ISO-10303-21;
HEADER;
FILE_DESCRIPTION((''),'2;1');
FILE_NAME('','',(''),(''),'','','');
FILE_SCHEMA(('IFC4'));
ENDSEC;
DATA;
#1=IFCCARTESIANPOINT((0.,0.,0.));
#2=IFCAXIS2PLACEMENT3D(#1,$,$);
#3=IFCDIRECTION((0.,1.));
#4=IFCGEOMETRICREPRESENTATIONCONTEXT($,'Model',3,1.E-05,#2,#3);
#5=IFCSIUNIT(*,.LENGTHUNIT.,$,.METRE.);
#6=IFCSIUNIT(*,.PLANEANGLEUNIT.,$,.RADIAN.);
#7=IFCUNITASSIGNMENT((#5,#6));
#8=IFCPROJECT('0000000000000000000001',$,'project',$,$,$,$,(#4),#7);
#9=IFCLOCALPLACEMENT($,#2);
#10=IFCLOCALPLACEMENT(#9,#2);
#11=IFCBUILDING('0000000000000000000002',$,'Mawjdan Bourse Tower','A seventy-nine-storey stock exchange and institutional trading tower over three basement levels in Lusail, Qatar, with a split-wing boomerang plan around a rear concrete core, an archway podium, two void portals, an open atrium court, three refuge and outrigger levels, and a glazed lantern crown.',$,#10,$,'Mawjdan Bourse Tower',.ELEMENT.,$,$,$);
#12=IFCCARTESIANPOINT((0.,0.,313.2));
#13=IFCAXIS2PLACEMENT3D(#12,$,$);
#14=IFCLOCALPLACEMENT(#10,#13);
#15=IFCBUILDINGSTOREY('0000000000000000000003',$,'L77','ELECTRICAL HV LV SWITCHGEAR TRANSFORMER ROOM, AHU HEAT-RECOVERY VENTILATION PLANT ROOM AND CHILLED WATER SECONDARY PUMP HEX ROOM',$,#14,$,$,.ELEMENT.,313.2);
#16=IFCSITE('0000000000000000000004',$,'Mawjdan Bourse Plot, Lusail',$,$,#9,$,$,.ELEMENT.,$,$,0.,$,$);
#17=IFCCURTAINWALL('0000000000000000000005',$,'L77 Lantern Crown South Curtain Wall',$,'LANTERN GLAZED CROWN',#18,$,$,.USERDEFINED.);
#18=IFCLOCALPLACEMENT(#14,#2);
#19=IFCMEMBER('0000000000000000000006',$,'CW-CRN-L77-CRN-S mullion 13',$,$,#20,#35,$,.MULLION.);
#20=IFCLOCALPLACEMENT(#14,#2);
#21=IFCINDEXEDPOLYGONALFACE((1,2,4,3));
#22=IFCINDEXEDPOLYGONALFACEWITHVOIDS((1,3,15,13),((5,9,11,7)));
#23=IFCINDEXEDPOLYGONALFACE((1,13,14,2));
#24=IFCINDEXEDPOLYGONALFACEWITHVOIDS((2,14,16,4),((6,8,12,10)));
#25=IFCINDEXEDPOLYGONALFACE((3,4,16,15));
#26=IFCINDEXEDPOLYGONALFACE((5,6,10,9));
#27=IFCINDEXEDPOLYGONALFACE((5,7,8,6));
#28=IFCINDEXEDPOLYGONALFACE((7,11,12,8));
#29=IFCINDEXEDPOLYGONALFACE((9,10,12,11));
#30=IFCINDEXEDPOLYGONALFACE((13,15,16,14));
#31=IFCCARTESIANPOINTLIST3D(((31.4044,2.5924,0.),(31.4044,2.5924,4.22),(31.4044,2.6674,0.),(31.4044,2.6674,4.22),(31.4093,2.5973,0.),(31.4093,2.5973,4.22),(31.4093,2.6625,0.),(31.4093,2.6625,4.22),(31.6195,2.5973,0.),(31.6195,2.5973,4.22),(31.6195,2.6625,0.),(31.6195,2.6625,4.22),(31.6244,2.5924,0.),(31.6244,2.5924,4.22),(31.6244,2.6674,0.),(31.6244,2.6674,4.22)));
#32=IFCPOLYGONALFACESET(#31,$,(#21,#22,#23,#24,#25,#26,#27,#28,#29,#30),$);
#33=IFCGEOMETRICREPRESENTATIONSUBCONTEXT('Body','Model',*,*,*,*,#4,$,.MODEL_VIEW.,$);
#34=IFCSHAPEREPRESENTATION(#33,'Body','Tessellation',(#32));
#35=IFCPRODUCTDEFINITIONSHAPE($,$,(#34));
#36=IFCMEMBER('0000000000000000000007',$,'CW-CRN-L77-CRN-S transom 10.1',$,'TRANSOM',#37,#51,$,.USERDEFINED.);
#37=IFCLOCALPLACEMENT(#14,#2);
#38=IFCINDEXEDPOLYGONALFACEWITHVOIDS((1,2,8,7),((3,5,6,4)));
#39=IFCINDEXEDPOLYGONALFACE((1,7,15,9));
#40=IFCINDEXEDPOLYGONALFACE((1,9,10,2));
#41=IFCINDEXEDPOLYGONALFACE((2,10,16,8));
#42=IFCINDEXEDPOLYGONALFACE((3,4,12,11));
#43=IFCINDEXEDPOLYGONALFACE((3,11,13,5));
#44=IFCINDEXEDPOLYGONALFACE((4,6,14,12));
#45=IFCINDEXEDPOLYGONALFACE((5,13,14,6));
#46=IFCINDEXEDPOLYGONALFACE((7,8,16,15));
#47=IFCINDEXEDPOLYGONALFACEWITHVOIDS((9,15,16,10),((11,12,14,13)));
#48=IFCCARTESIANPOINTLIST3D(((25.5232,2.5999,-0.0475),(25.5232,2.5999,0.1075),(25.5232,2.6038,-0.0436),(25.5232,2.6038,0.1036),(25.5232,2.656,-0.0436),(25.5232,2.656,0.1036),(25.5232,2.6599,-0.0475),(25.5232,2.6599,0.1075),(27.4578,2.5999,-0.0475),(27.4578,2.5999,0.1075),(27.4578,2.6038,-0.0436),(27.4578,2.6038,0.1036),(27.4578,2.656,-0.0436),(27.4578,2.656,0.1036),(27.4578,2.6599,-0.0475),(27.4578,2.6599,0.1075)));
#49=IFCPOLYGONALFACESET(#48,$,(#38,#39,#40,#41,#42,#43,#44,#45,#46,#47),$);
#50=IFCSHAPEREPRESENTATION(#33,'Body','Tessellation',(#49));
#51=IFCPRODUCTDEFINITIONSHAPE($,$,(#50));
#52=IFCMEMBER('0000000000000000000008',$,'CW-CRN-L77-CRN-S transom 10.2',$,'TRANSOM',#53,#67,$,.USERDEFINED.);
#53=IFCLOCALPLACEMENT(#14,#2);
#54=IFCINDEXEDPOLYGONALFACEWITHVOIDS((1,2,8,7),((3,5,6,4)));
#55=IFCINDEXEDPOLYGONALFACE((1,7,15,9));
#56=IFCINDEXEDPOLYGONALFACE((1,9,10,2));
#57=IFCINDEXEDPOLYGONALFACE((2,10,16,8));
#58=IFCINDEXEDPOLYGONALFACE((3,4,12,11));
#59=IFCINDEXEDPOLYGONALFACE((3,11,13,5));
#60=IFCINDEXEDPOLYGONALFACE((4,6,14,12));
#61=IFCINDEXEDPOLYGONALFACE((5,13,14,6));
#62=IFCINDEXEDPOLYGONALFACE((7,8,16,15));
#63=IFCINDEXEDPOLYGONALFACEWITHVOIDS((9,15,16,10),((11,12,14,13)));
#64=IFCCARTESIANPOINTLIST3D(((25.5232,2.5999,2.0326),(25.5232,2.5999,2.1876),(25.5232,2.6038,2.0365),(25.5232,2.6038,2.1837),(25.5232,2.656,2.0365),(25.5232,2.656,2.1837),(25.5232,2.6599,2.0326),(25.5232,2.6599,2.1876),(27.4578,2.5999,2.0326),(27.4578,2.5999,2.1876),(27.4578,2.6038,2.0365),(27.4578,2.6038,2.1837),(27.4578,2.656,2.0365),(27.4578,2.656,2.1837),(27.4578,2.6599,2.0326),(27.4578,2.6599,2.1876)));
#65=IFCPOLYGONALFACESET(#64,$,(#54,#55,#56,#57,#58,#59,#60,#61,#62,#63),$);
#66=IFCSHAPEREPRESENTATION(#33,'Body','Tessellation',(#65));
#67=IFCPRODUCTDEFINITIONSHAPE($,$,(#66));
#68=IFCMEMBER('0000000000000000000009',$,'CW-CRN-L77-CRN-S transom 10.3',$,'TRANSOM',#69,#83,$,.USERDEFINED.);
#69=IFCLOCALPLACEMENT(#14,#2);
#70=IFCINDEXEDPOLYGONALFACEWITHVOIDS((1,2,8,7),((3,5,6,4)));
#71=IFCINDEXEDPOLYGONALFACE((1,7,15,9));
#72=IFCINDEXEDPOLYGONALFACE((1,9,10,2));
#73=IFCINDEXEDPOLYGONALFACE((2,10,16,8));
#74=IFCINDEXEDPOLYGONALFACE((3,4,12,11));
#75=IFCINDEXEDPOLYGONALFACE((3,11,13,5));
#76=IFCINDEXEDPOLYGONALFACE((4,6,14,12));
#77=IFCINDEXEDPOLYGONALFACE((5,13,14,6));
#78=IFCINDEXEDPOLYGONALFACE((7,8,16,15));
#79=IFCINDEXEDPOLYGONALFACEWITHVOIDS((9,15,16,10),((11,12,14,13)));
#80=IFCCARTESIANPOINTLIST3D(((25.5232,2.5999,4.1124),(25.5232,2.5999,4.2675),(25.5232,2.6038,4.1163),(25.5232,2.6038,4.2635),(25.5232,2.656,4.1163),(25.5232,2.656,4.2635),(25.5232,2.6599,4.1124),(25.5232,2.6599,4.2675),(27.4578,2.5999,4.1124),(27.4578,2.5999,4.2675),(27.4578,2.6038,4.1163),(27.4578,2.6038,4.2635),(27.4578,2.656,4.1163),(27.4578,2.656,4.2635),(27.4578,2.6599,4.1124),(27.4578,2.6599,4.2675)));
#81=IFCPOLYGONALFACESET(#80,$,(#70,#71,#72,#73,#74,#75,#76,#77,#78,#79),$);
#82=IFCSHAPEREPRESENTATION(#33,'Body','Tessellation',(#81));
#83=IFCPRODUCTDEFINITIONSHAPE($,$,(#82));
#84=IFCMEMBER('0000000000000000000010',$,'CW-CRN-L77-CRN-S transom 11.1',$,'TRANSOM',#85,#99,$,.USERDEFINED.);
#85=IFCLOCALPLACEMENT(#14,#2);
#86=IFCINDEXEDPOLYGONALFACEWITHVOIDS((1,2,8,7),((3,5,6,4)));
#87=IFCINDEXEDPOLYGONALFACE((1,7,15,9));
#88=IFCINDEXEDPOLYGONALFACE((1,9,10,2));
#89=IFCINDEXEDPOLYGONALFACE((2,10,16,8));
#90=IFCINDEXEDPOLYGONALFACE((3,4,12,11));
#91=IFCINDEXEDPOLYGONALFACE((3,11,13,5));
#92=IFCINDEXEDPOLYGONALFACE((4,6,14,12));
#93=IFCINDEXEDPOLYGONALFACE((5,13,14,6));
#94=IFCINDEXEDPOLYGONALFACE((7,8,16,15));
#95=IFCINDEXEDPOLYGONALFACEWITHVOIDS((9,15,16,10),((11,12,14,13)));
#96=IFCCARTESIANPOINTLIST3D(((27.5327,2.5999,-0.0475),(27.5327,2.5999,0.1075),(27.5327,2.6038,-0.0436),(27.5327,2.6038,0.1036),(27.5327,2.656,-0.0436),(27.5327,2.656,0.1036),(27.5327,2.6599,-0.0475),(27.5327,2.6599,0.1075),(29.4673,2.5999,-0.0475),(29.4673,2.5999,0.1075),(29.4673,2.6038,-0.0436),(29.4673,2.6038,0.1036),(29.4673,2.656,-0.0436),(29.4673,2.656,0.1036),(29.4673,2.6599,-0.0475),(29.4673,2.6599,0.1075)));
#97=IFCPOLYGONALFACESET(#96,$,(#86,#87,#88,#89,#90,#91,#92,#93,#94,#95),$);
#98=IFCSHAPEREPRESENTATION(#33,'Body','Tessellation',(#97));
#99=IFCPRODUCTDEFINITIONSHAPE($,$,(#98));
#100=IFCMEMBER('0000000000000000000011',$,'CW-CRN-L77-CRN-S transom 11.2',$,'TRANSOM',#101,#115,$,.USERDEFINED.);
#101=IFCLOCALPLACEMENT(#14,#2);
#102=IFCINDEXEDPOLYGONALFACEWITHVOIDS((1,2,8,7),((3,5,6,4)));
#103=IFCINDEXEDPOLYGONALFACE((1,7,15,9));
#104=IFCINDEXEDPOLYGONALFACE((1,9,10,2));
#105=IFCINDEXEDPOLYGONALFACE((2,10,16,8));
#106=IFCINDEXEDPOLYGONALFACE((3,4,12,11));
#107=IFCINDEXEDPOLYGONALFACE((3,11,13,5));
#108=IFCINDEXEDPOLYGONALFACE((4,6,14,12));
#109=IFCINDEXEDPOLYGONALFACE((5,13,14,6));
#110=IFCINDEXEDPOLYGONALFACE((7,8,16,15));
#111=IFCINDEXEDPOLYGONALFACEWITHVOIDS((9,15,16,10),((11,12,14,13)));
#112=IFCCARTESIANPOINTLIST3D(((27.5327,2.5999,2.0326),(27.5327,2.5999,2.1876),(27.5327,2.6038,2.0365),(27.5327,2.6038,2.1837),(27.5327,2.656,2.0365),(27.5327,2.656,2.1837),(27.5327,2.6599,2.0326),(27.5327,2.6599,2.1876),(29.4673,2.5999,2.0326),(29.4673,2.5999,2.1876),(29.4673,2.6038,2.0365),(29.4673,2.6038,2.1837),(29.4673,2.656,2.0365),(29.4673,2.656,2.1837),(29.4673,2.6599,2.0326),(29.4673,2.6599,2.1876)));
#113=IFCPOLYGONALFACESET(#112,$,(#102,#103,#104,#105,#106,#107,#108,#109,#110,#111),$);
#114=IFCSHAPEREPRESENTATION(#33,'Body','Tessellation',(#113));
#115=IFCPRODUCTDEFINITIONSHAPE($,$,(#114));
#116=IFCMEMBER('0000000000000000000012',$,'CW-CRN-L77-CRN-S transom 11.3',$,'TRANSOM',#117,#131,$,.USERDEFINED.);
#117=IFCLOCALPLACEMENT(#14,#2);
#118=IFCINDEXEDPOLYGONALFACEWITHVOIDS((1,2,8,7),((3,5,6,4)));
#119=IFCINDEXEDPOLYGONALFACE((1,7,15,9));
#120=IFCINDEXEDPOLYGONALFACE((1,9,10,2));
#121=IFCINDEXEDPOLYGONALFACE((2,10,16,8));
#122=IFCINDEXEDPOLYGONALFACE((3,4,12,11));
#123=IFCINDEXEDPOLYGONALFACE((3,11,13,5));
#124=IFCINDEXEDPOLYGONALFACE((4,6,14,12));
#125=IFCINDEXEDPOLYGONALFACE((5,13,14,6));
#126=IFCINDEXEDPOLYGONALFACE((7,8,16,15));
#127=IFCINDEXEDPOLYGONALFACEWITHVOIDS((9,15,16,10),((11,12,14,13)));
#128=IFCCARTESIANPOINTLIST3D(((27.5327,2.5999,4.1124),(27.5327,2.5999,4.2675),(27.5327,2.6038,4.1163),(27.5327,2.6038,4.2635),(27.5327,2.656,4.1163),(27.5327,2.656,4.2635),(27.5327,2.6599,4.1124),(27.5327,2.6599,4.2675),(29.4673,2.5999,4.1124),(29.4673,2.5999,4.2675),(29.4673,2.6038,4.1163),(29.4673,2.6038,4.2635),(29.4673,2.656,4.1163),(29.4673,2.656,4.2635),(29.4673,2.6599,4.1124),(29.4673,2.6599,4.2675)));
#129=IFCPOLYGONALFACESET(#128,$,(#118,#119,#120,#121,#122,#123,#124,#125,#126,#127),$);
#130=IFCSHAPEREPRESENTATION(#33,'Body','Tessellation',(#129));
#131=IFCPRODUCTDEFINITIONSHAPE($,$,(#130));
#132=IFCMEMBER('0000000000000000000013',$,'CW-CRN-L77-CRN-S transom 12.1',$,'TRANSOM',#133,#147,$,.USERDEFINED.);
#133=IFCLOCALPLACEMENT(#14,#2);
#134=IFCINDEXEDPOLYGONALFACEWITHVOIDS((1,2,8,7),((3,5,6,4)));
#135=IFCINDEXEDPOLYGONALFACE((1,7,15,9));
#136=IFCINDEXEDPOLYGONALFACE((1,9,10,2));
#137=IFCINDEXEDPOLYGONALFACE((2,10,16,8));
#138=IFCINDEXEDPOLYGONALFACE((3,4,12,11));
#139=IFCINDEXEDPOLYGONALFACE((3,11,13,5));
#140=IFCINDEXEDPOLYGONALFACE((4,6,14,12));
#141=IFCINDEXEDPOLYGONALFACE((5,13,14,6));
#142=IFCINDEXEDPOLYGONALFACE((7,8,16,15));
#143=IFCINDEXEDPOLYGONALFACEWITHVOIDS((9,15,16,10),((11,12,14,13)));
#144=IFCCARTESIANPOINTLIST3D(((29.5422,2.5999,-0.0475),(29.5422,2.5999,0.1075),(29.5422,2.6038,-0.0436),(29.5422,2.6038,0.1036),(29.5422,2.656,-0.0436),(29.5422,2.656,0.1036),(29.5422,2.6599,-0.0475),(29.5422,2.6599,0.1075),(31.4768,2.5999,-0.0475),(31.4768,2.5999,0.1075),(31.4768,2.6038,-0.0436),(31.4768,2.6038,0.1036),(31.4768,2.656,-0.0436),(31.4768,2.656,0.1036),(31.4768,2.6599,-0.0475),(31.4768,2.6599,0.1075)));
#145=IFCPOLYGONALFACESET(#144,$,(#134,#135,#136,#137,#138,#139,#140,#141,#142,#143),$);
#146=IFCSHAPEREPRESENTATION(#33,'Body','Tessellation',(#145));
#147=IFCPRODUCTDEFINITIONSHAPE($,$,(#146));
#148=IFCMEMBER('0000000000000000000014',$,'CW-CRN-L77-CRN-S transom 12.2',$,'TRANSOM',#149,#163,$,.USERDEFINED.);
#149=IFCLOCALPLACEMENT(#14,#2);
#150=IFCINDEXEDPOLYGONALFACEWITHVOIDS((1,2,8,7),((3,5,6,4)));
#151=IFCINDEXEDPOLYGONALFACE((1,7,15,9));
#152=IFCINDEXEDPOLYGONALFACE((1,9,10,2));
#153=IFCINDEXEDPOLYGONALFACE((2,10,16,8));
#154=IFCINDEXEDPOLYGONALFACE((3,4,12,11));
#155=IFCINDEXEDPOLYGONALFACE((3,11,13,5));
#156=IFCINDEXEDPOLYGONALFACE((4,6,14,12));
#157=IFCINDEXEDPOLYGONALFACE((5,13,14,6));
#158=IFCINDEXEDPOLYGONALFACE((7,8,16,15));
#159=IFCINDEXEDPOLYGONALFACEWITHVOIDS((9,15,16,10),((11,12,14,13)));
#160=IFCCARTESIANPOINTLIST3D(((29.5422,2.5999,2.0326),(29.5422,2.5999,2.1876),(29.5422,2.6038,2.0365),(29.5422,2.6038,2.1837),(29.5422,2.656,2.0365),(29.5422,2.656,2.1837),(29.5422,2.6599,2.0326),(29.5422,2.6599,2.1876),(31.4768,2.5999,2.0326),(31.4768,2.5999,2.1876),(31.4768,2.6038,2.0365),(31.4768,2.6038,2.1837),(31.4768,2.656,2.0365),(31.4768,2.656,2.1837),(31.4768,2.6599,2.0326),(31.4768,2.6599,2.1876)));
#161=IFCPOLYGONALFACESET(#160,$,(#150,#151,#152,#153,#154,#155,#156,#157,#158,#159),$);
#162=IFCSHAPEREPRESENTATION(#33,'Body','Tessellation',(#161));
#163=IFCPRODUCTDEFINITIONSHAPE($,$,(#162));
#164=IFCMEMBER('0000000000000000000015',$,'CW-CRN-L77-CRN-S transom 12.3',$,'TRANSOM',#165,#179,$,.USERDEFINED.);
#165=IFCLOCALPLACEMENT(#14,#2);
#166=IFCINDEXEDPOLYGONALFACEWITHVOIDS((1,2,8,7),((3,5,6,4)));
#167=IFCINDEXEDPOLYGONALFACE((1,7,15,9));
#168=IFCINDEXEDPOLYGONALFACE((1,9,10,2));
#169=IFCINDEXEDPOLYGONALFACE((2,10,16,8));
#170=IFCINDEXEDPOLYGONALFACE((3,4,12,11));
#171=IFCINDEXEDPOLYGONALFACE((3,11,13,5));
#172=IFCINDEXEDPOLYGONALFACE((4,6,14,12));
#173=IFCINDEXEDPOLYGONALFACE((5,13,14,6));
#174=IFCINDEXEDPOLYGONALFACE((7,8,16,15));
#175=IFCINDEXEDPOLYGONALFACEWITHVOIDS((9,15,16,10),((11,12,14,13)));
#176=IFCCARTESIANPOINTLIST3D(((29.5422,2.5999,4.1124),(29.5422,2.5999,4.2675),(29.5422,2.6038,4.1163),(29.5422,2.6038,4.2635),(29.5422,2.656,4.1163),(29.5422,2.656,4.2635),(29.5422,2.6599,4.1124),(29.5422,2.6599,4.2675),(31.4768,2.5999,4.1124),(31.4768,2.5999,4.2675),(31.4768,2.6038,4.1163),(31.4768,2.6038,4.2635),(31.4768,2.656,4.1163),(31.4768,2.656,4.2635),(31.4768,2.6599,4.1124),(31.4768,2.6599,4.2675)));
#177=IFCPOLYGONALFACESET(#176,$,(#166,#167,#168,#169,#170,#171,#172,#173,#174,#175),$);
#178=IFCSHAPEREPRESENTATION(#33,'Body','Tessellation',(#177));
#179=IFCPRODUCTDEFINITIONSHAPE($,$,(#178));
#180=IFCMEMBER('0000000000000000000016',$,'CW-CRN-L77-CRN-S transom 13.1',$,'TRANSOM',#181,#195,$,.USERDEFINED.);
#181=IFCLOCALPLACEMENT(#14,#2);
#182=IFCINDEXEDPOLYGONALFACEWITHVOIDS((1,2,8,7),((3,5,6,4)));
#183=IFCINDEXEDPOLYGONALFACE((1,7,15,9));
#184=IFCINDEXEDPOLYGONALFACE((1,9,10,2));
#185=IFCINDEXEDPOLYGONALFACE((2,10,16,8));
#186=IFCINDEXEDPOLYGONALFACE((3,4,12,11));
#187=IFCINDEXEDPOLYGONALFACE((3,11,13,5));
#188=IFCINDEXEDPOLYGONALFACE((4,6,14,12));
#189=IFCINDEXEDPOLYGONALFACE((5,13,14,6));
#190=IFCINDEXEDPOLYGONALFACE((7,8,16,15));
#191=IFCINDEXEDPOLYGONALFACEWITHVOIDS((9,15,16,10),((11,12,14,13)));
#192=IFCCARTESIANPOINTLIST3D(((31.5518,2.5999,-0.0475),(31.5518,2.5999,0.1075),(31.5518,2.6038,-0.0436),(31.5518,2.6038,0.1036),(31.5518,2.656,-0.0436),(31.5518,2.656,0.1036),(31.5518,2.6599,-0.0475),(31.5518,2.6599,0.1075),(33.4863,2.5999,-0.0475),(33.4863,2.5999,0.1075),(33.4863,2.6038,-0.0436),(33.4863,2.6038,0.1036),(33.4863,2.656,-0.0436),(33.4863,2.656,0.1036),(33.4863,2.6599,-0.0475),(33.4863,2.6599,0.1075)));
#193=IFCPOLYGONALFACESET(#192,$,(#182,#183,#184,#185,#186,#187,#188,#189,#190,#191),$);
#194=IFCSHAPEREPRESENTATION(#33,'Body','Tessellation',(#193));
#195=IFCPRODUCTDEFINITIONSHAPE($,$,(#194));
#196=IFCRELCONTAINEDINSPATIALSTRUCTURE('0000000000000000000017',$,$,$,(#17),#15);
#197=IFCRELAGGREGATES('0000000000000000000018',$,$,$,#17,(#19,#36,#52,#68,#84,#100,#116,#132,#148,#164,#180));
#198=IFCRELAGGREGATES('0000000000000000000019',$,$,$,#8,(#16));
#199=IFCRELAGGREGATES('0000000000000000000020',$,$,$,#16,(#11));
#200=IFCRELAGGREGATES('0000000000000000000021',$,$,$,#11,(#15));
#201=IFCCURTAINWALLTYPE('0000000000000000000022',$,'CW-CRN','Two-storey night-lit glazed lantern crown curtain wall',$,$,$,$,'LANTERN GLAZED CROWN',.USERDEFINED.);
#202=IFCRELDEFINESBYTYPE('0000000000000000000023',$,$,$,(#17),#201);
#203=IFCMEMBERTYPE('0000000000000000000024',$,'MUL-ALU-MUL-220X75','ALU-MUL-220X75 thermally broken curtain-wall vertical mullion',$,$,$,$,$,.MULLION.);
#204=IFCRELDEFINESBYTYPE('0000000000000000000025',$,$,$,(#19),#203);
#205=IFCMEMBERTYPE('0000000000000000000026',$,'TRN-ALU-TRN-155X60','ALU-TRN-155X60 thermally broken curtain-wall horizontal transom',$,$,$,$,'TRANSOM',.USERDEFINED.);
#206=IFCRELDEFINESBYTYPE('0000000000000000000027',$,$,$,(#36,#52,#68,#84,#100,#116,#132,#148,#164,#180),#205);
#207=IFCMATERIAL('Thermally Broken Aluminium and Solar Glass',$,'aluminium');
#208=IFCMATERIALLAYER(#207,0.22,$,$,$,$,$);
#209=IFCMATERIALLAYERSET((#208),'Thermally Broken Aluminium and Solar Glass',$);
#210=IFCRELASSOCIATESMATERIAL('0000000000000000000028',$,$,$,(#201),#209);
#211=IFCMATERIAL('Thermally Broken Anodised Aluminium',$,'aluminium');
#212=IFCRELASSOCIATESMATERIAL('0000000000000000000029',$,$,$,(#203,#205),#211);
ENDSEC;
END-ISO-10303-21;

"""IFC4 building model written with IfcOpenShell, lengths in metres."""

from ifc_helpers import new_model, si_unit, direction, frame, origin, origin_2d, place, context, subcontext, project, spatial, hollow_rectangle, extrude, material, layer, layer_set, material_profile, profile_set, type_object, element, aggregate, save


model = new_model("IFC4")

# Units and contexts
model_context = context("Model", 3, precision=1e-05, world=origin(), true_north=direction((0.0, 1.0)))
body_context = subcontext(model_context, "Body", "Model", "MODEL_VIEW")
ifc_project = project(units=[si_unit("LENGTHUNIT", "METRE"), si_unit("PLANEANGLEUNIT", "RADIAN")], contexts=[model_context])

# Site, building, storey
site_placement = place(None, origin())
site = spatial("IfcSite", under=ifc_project, at=site_placement, Name="Mawjdan Bourse Plot, Lusail", CompositionType="ELEMENT", RefElevation=0.0)
building_placement = place(site_placement, origin())
building = spatial("IfcBuilding", under=site, at=building_placement, Name="Mawjdan Bourse Tower", Description="A seventy-nine-storey stock exchange and institutional trading tower over three basement levels in Lusail, Qatar, with a split-wing boomerang plan around a rear concrete core, an archway podium, two void portals, an open atrium court, three refuge and outrigger levels, and a glazed lantern crown.", LongName="Mawjdan Bourse Tower", CompositionType="ELEMENT")
storey_placement = place(building_placement, frame((0.0, 0.0, 313.2)))
storey = spatial("IfcBuildingStorey", under=building, at=storey_placement, Name="L77", Description="ELECTRICAL HV LV SWITCHGEAR TRANSFORMER ROOM, AHU HEAT-RECOVERY VENTILATION PLANT ROOM AND CHILLED WATER SECONDARY PUMP HEX ROOM", CompositionType="ELEMENT", Elevation=313.2)

# Curtain wall, members
ifc_material_1 = material(Name="Thermally Broken Aluminium and Solar Glass", Category="aluminium")
ifc_layer_1 = layer(ifc_material_1, 0.22)
ifc_layer_set_1 = layer_set([ifc_layer_1], Name="Thermally Broken Aluminium and Solar Glass")
curtain_wall_type = type_object("IfcCurtainWallType", Name="CW-CRN", Description="Two-storey night-lit glazed lantern crown curtain wall", ElementType="LANTERN GLAZED CROWN", PredefinedType="USERDEFINED", material=ifc_layer_set_1)
curtain_wall_placement = place(storey_placement, origin())
curtain_wall = element("IfcCurtainWall", 1, at=curtain_wall_placement, inside=storey, type_object=curtain_wall_type, Name="L77 Lantern Crown South Curtain Wall", ObjectType="LANTERN GLAZED CROWN", PredefinedType="USERDEFINED")
ifc_material_2 = material(Name="Thermally Broken Anodised Aluminium", Category="aluminium")
ifc_material_profile_1 = material_profile(ifc_material_2, hollow_rectangle(XDim=0.075, YDim=0.22, WallThickness=0.0049, at=origin_2d()), Name="ALU-MUL-220X75")
ifc_profile_set_1 = profile_set([ifc_material_profile_1], Name="Thermally Broken Anodised Aluminium")
member_type_1 = type_object("IfcMemberType", Name="MUL-ALU-MUL-220X75", Description="ALU-MUL-220X75 thermally broken curtain-wall vertical mullion", PredefinedType="MULLION", material=ifc_profile_set_1)
member_1_placement = place(storey_placement, frame((31.5144, 2.6299, 0.0), z_axis=(0.0, 0.0, 1.0), x_axis=(0.0, 1.0, 0.0)))
member_1 = element("IfcMember", 2, at=member_1_placement, type_object=member_type_1, Name="CW-CRN-L77-CRN-S mullion 13", PredefinedType="MULLION", context=body_context, shape_type="SweptSolid", body=[
    extrude(hollow_rectangle(XDim=0.075, YDim=0.22, WallThickness=0.0049, at=origin_2d()), origin(), (0.0, 0.0, 1.0), 4.22),
])
ifc_material_profile_2 = material_profile(ifc_material_2, hollow_rectangle(XDim=0.0601, YDim=0.155, WallThickness=0.0039, at=origin_2d()), Name="ALU-TRN-155X60")
ifc_profile_set_2 = profile_set([ifc_material_profile_2], Name="Thermally Broken Anodised Aluminium")
member_type_2 = type_object("IfcMemberType", Name="TRN-ALU-TRN-155X60", Description="ALU-TRN-155X60 thermally broken curtain-wall horizontal transom", ElementType="TRANSOM", PredefinedType="USERDEFINED", material=ifc_profile_set_2)
member_2_placement = place(storey_placement, frame((25.5232, 2.6299, 0.03), z_axis=(1.0, 0.0, 0.0), x_axis=(0.0, 1.0, 0.0)))
member_2 = element("IfcMember", 3, at=member_2_placement, type_object=member_type_2, Name="CW-CRN-L77-CRN-S transom 10.1", ObjectType="TRANSOM", PredefinedType="USERDEFINED", context=body_context, shape_type="SweptSolid", body=[
    extrude(hollow_rectangle(XDim=0.0601, YDim=0.155, WallThickness=0.0039, at=origin_2d()), origin(), (0.0, 0.0, 1.0), 1.9346),
])
member_3_placement = place(storey_placement, frame((25.5232, 2.6299, 2.1101), z_axis=(1.0, 0.0, 0.0), x_axis=(0.0, 1.0, 0.0)))
member_3 = element("IfcMember", 4, at=member_3_placement, type_object=member_type_2, Name="CW-CRN-L77-CRN-S transom 10.2", ObjectType="TRANSOM", PredefinedType="USERDEFINED", context=body_context, shape_type="SweptSolid", body=[
    extrude(hollow_rectangle(XDim=0.0601, YDim=0.155, WallThickness=0.0039, at=origin_2d()), origin(), (0.0, 0.0, 1.0), 1.9346),
])
member_4_placement = place(storey_placement, frame((25.5232, 2.6299, 4.1899), z_axis=(1.0, 0.0, 0.0), x_axis=(0.0, 1.0, 0.0)))
member_4 = element("IfcMember", 5, at=member_4_placement, type_object=member_type_2, Name="CW-CRN-L77-CRN-S transom 10.3", ObjectType="TRANSOM", PredefinedType="USERDEFINED", context=body_context, shape_type="SweptSolid", body=[
    extrude(hollow_rectangle(XDim=0.0601, YDim=0.155, WallThickness=0.0039, at=origin_2d()), origin(), (0.0, 0.0, 1.0), 1.9346),
])
member_5_placement = place(storey_placement, frame((27.5327, 2.6299, 0.03), z_axis=(1.0, 0.0, 0.0), x_axis=(0.0, 1.0, 0.0)))
member_5 = element("IfcMember", 6, at=member_5_placement, type_object=member_type_2, Name="CW-CRN-L77-CRN-S transom 11.1", ObjectType="TRANSOM", PredefinedType="USERDEFINED", context=body_context, shape_type="SweptSolid", body=[
    extrude(hollow_rectangle(XDim=0.0601, YDim=0.155, WallThickness=0.0039, at=origin_2d()), origin(), (0.0, 0.0, 1.0), 1.9346),
])
member_6_placement = place(storey_placement, frame((27.5327, 2.6299, 2.1101), z_axis=(1.0, 0.0, 0.0), x_axis=(0.0, 1.0, 0.0)))
member_6 = element("IfcMember", 7, at=member_6_placement, type_object=member_type_2, Name="CW-CRN-L77-CRN-S transom 11.2", ObjectType="TRANSOM", PredefinedType="USERDEFINED", context=body_context, shape_type="SweptSolid", body=[
    extrude(hollow_rectangle(XDim=0.0601, YDim=0.155, WallThickness=0.0039, at=origin_2d()), origin(), (0.0, 0.0, 1.0), 1.9346),
])
member_7_placement = place(storey_placement, frame((27.5327, 2.6299, 4.1899), z_axis=(1.0, 0.0, 0.0), x_axis=(0.0, 1.0, 0.0)))
member_7 = element("IfcMember", 8, at=member_7_placement, type_object=member_type_2, Name="CW-CRN-L77-CRN-S transom 11.3", ObjectType="TRANSOM", PredefinedType="USERDEFINED", context=body_context, shape_type="SweptSolid", body=[
    extrude(hollow_rectangle(XDim=0.0601, YDim=0.155, WallThickness=0.0039, at=origin_2d()), origin(), (0.0, 0.0, 1.0), 1.9346),
])
member_8_placement = place(storey_placement, frame((29.5422, 2.6299, 0.03), z_axis=(1.0, 0.0, 0.0), x_axis=(0.0, 1.0, 0.0)))
member_8 = element("IfcMember", 9, at=member_8_placement, type_object=member_type_2, Name="CW-CRN-L77-CRN-S transom 12.1", ObjectType="TRANSOM", PredefinedType="USERDEFINED", context=body_context, shape_type="SweptSolid", body=[
    extrude(hollow_rectangle(XDim=0.0601, YDim=0.155, WallThickness=0.0039, at=origin_2d()), origin(), (0.0, 0.0, 1.0), 1.9346),
])
member_9_placement = place(storey_placement, frame((29.5422, 2.6299, 2.1101), z_axis=(1.0, 0.0, 0.0), x_axis=(0.0, 1.0, 0.0)))
member_9 = element("IfcMember", 10, at=member_9_placement, type_object=member_type_2, Name="CW-CRN-L77-CRN-S transom 12.2", ObjectType="TRANSOM", PredefinedType="USERDEFINED", context=body_context, shape_type="SweptSolid", body=[
    extrude(hollow_rectangle(XDim=0.0601, YDim=0.155, WallThickness=0.0039, at=origin_2d()), origin(), (0.0, 0.0, 1.0), 1.9346),
])
member_10_placement = place(storey_placement, frame((29.5422, 2.6299, 4.1899), z_axis=(1.0, 0.0, 0.0), x_axis=(0.0, 1.0, 0.0)))
member_10 = element("IfcMember", 11, at=member_10_placement, type_object=member_type_2, Name="CW-CRN-L77-CRN-S transom 12.3", ObjectType="TRANSOM", PredefinedType="USERDEFINED", context=body_context, shape_type="SweptSolid", body=[
    extrude(hollow_rectangle(XDim=0.0601, YDim=0.155, WallThickness=0.0039, at=origin_2d()), origin(), (0.0, 0.0, 1.0), 1.9346),
])
member_11_placement = place(storey_placement, frame((31.5518, 2.6299, 0.03), z_axis=(1.0, 0.0, 0.0), x_axis=(0.0, 1.0, 0.0)))
member_11 = element("IfcMember", 12, at=member_11_placement, type_object=member_type_2, Name="CW-CRN-L77-CRN-S transom 13.1", ObjectType="TRANSOM", PredefinedType="USERDEFINED", context=body_context, shape_type="SweptSolid", body=[
    extrude(hollow_rectangle(XDim=0.0601, YDim=0.155, WallThickness=0.0039, at=origin_2d()), origin(), (0.0, 0.0, 1.0), 1.9346),
])
aggregate(curtain_wall, [member_1, member_2, member_3, member_4, member_5, member_6, member_7, member_8, member_9, member_10, member_11])

save(model, "model.ifc")
